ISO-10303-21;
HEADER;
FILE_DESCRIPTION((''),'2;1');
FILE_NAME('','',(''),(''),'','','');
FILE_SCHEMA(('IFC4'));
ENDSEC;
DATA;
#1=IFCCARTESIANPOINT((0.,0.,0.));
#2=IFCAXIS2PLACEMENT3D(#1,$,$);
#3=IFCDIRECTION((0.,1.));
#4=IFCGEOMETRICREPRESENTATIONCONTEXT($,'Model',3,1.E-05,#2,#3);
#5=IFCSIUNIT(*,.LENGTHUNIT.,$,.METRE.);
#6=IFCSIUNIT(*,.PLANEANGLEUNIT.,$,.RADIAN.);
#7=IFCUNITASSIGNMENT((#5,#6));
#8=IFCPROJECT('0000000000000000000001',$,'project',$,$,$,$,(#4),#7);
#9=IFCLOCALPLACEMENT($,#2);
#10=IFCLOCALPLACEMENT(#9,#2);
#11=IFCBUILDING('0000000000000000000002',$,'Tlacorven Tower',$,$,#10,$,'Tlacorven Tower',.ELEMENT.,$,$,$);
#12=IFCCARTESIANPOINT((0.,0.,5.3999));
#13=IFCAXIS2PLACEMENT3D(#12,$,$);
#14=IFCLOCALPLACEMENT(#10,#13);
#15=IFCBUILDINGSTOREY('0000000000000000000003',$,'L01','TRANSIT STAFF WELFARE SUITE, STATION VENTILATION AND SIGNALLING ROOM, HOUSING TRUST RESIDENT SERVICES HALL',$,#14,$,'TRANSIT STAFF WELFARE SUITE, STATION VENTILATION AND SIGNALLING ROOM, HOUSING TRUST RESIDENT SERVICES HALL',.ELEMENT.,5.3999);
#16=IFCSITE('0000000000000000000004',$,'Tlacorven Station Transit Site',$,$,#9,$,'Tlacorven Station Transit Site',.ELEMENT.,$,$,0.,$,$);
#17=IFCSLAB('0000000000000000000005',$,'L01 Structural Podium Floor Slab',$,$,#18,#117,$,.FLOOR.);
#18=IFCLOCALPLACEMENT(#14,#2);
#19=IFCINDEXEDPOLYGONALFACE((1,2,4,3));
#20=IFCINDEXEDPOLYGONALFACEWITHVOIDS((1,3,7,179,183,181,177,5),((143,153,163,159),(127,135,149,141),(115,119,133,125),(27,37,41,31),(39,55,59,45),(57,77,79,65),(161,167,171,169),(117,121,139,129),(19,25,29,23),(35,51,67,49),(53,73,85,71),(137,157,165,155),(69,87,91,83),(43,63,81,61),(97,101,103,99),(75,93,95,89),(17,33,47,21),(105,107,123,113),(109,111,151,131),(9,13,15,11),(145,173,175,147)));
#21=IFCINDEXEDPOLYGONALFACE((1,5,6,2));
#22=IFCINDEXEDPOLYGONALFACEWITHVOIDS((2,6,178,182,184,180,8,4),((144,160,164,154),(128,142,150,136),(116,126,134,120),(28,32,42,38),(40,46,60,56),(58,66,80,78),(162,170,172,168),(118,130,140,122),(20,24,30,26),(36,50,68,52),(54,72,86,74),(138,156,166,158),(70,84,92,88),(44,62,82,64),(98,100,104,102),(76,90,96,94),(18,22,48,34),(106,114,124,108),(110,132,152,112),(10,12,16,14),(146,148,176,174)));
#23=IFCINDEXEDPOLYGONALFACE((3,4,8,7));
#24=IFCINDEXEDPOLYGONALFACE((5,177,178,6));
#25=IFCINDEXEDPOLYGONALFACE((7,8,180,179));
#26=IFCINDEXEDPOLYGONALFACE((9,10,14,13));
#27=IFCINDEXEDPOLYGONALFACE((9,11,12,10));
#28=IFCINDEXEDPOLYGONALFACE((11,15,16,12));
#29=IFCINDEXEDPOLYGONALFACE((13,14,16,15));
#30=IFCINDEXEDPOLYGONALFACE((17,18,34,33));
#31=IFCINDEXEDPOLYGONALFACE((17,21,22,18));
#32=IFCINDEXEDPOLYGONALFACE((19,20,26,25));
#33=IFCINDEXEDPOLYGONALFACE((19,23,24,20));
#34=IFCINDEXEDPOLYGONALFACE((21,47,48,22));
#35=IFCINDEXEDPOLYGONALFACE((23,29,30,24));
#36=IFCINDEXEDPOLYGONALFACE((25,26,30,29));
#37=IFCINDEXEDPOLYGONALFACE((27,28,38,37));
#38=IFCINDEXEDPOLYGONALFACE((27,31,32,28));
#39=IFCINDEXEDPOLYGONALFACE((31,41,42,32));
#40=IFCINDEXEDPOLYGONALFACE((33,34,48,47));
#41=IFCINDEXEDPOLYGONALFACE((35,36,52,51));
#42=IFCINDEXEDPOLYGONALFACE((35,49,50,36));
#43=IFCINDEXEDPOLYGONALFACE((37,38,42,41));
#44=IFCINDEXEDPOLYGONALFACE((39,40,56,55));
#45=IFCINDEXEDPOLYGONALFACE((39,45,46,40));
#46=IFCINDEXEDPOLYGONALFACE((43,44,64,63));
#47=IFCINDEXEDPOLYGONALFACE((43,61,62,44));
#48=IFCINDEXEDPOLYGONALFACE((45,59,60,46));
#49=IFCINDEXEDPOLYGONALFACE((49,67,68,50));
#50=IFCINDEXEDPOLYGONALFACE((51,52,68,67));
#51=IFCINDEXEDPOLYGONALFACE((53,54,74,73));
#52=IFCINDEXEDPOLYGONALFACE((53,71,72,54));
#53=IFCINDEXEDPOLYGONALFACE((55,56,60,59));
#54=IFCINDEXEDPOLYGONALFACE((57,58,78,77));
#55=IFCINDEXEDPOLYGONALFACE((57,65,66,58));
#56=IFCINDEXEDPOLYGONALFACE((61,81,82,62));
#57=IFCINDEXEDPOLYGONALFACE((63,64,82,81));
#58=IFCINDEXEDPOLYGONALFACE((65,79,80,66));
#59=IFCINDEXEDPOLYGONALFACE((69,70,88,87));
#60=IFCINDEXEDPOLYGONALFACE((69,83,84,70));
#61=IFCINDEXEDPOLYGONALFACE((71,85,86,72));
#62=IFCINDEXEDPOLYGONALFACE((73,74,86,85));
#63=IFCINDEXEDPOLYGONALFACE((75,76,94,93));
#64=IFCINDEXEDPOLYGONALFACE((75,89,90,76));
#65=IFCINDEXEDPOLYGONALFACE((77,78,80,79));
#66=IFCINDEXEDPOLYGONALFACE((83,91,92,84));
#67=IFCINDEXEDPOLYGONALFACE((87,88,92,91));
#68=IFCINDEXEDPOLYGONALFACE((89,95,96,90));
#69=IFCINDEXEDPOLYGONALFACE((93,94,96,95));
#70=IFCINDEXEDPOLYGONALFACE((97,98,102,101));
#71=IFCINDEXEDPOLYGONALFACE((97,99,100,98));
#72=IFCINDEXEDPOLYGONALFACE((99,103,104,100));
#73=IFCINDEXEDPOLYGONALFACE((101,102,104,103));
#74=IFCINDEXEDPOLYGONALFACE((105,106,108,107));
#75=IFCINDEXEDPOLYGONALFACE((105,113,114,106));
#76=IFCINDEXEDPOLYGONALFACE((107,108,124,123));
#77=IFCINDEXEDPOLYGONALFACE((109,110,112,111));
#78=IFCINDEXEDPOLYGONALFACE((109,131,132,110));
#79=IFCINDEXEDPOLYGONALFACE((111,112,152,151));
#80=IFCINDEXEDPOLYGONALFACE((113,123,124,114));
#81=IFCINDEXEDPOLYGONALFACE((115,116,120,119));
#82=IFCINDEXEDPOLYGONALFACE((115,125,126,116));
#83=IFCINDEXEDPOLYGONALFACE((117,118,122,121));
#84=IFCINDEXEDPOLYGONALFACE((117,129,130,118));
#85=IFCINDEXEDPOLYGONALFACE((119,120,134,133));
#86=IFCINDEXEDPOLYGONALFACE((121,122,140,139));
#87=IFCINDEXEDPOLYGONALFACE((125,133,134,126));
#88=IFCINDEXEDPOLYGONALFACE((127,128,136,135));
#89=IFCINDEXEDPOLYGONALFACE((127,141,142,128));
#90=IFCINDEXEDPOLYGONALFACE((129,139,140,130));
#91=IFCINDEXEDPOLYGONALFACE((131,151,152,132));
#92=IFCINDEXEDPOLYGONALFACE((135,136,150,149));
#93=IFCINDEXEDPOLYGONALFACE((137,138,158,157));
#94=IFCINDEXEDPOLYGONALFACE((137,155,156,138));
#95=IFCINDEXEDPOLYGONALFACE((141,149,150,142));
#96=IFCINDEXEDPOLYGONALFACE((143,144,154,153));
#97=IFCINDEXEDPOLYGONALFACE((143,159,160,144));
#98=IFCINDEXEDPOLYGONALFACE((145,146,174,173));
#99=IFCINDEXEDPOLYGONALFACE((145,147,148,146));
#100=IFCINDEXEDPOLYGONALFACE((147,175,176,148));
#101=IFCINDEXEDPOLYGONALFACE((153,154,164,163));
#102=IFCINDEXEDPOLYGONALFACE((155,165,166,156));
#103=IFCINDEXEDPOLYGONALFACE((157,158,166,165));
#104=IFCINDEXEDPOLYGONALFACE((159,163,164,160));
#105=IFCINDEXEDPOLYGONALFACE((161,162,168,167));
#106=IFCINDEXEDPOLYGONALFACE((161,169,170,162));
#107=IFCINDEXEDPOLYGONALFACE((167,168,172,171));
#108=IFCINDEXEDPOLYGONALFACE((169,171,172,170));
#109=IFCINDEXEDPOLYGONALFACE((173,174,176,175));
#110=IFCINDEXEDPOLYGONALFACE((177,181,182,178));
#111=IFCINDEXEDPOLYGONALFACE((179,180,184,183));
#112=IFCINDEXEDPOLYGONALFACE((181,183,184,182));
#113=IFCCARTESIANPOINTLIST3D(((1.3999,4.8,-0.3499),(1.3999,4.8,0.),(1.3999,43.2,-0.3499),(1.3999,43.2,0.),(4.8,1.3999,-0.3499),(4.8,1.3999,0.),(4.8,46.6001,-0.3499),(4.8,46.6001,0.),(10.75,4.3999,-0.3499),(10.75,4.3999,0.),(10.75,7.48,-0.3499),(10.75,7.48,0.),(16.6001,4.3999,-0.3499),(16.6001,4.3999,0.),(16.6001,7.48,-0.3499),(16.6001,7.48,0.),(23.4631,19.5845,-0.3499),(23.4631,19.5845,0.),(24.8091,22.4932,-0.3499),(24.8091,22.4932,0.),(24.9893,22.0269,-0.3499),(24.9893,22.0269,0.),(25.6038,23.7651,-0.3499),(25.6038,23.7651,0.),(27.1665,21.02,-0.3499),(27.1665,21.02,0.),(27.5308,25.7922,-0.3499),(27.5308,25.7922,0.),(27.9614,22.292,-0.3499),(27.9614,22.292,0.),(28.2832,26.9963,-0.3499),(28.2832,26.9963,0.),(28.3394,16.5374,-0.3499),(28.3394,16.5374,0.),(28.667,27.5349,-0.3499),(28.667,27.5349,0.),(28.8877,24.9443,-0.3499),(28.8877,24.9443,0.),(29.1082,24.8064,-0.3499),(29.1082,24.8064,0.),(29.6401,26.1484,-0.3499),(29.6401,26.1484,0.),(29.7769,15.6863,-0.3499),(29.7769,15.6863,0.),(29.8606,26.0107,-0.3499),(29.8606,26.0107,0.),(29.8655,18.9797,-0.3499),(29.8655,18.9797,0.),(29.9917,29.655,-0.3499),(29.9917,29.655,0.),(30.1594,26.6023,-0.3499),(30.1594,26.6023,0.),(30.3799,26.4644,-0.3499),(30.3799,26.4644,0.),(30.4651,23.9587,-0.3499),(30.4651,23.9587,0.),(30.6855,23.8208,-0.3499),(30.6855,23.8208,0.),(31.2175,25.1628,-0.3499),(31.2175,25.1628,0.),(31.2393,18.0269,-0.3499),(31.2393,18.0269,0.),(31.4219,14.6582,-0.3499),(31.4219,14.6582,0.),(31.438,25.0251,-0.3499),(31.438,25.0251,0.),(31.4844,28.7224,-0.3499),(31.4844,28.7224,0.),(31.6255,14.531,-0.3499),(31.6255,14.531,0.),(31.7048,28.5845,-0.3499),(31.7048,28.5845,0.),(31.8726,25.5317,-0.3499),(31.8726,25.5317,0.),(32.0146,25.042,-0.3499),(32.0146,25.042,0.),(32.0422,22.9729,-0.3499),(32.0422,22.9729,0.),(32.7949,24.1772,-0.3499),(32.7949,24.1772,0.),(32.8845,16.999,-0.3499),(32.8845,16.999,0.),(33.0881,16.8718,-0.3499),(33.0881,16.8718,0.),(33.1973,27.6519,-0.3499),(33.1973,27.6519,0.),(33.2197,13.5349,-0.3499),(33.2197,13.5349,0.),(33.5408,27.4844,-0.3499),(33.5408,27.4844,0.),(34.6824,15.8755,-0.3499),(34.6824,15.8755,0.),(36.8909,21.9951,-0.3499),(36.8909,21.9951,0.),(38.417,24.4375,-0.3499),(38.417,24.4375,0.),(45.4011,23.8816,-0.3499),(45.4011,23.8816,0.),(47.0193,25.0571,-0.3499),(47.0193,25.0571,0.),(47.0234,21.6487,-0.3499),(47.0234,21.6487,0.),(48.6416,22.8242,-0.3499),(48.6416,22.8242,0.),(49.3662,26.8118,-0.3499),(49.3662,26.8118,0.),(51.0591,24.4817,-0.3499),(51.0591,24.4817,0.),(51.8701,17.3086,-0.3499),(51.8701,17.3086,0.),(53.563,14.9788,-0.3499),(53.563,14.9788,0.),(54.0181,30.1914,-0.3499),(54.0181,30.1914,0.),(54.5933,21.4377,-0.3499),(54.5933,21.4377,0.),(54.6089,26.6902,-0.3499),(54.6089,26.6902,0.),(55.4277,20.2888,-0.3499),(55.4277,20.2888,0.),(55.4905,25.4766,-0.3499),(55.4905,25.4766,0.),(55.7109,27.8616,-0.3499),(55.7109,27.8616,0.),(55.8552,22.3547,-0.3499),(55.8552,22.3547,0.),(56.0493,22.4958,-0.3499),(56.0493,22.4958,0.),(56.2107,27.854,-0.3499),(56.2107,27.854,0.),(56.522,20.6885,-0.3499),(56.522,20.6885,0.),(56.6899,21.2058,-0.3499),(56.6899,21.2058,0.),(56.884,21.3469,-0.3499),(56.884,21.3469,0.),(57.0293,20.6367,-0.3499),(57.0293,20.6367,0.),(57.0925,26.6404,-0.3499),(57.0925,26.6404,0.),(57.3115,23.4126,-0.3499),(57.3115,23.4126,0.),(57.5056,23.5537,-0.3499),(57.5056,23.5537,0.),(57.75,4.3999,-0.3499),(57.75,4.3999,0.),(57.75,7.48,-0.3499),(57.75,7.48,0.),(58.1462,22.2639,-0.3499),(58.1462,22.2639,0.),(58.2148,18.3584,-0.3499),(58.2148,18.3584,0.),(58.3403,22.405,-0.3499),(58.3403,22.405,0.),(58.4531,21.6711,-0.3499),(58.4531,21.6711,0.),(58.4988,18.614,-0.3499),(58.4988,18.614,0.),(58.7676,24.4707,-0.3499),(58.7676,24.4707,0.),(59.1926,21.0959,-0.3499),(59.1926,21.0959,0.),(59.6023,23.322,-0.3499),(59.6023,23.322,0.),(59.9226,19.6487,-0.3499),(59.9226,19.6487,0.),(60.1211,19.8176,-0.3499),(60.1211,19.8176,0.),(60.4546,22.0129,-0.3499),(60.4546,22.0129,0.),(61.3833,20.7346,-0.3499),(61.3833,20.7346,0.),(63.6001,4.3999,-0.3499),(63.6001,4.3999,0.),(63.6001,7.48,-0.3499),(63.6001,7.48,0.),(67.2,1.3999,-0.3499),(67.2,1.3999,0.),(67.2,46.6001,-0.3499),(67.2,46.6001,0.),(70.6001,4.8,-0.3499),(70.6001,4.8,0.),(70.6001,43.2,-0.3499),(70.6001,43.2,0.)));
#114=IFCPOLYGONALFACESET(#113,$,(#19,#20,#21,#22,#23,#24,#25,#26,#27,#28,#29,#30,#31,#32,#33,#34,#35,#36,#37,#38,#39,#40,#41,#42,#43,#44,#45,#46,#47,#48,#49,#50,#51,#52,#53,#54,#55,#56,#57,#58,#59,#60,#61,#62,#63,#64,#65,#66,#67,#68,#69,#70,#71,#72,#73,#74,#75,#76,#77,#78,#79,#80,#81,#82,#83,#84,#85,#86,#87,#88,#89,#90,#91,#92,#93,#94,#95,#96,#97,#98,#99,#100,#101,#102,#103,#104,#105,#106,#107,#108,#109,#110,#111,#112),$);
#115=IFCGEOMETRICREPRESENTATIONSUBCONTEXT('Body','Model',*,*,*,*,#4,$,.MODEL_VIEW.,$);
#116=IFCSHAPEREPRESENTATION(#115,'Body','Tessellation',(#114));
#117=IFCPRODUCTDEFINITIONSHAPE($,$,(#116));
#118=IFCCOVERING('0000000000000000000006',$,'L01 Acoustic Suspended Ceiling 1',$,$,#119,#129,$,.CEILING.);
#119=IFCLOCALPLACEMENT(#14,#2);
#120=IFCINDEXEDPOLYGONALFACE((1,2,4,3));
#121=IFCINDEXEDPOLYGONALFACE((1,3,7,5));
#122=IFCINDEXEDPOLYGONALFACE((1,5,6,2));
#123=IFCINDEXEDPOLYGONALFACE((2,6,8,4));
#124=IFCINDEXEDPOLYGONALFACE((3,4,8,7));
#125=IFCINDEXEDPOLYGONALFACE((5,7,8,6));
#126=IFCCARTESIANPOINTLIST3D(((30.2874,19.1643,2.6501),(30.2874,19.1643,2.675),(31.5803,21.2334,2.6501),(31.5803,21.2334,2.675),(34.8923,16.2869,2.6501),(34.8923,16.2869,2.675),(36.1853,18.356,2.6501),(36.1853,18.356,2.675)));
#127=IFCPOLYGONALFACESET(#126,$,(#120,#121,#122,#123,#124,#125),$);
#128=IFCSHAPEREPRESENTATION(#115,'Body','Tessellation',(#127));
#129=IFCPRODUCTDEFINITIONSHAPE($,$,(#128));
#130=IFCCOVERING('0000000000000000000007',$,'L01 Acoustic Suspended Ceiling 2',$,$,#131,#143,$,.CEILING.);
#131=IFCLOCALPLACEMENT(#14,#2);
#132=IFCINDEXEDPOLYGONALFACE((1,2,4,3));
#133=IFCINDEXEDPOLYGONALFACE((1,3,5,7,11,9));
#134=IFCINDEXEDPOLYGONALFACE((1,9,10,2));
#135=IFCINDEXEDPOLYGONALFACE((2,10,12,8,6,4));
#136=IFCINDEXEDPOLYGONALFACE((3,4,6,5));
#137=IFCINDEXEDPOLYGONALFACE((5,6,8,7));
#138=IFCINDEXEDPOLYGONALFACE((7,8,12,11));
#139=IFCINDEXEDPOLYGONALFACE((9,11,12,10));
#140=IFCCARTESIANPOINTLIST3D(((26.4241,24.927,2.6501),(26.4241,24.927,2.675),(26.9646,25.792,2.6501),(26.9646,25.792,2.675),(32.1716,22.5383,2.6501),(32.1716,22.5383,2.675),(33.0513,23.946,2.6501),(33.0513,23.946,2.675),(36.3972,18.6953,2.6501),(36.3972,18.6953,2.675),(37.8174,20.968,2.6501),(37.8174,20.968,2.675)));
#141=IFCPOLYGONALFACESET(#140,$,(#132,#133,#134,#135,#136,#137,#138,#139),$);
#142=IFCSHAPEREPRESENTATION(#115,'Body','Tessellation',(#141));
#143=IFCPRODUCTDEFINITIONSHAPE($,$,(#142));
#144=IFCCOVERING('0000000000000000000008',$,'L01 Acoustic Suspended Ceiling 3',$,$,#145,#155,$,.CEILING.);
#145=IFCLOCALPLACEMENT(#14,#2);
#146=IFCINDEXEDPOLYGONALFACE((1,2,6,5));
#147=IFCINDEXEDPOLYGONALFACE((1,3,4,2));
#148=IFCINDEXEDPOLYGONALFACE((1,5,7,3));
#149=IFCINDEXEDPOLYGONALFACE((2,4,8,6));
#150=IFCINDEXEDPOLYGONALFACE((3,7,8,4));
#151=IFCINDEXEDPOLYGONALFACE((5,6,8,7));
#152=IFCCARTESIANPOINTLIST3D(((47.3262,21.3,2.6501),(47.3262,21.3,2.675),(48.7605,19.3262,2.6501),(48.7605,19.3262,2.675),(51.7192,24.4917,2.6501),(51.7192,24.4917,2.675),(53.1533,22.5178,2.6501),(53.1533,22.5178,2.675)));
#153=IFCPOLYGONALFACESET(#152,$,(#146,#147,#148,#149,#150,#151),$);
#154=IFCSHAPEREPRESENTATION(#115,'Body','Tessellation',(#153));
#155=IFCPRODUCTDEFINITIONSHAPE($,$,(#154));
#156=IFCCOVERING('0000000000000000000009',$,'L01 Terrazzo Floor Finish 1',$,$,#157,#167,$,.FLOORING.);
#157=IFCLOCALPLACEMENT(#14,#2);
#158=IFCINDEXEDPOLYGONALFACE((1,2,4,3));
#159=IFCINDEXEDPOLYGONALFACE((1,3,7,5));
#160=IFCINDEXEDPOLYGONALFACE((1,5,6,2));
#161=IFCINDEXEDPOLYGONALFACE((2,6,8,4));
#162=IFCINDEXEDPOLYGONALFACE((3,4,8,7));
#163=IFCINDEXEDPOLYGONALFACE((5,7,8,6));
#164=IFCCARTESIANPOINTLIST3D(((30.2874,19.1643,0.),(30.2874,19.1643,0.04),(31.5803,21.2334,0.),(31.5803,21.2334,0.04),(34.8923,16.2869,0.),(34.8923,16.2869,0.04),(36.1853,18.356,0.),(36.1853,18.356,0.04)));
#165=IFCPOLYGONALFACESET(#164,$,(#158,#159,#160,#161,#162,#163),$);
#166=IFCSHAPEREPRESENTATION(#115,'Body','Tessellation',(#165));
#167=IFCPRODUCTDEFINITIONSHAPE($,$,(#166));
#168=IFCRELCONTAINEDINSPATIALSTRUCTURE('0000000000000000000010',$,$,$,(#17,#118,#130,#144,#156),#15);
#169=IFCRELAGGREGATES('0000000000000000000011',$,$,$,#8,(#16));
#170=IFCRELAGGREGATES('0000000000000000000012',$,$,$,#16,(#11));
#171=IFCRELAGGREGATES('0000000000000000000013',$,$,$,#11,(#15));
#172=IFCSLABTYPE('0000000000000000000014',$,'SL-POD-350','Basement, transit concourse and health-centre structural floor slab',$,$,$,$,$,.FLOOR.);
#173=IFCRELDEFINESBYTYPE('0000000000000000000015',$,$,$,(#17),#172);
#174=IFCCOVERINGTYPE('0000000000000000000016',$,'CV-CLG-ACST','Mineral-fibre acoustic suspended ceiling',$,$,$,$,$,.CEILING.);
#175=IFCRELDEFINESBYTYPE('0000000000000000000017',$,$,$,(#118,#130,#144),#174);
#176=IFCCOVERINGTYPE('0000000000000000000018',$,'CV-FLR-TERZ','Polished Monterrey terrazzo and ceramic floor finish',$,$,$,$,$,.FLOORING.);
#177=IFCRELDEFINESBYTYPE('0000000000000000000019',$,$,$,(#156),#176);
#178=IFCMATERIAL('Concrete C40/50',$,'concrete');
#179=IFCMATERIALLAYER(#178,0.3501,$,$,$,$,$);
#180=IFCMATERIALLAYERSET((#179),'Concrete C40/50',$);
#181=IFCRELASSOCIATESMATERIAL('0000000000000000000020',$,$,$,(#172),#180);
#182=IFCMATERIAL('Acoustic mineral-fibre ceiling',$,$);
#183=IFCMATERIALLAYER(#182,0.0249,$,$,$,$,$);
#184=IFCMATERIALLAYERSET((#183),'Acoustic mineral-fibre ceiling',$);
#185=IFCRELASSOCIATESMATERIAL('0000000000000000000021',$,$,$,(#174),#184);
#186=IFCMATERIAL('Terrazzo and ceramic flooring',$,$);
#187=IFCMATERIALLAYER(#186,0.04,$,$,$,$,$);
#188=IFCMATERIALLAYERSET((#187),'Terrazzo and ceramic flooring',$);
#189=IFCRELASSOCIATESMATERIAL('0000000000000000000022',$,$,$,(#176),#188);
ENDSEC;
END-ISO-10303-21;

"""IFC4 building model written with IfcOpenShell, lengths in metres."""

from ifc_helpers import new_model, si_unit, direction, frame, origin, place, context, subcontext, project, spatial, polyline, outline, extrude, material, layer, layer_set, type_object, element, save


model = new_model("IFC4")

# Units and contexts
model_context = context("Model", 3, precision=1e-05, world=origin(), true_north=direction((0.0, 1.0)))
body_context = subcontext(model_context, "Body", "Model", "MODEL_VIEW")
ifc_project = project(units=[si_unit("LENGTHUNIT", "METRE"), si_unit("PLANEANGLEUNIT", "RADIAN")], contexts=[model_context])

# Site, building, storey
site_placement = place(None, origin())
site = spatial("IfcSite", under=ifc_project, at=site_placement, Name="Tlacorven Station Transit Site", LongName="Tlacorven Station Transit Site", CompositionType="ELEMENT", RefElevation=0.0)
building_placement = place(site_placement, origin())
building = spatial("IfcBuilding", under=site, at=building_placement, Name="Tlacorven Tower", LongName="Tlacorven Tower", CompositionType="ELEMENT")
storey_placement = place(building_placement, frame((0.0, 0.0, 5.3999)))
storey = spatial("IfcBuildingStorey", under=building, at=storey_placement, Name="L01", Description="TRANSIT STAFF WELFARE SUITE, STATION VENTILATION AND SIGNALLING ROOM, HOUSING TRUST RESIDENT SERVICES HALL", LongName="TRANSIT STAFF WELFARE SUITE, STATION VENTILATION AND SIGNALLING ROOM, HOUSING TRUST RESIDENT SERVICES HALL", CompositionType="ELEMENT", Elevation=5.3999)

# Shared definitions
ifc_material_1 = material(Name="Concrete C40/50", Category="concrete")

# Slab
ifc_layer_1 = layer(ifc_material_1, 0.3501)
ifc_layer_set_1 = layer_set([ifc_layer_1], Name="Concrete C40/50")
slab_type_1 = type_object("IfcSlabType", Name="SL-POD-350", Description="Basement, transit concourse and health-centre structural floor slab", PredefinedType="FLOOR", material=ifc_layer_set_1)
slab_1_placement = place(storey_placement, frame((0.0, 0.0, -0.3499)))
element("IfcSlab", 1, at=slab_1_placement, inside=storey, type_object=slab_type_1, Name="L01 Structural Podium Floor Slab", PredefinedType="FLOOR", context=body_context, shape_type="SweptSolid", body=[
    extrude(outline(polyline([(4.8, 1.3999), (67.2, 1.3999), (70.6001, 4.8), (70.6001, 43.2), (67.2, 46.6001), (4.8, 46.6001), (1.3999, 43.2), (1.3999, 4.8), (4.8, 1.3999)]), holes=[polyline([(29.8655, 18.9797), (24.9893, 22.0269), (23.4631, 19.5845), (28.3394, 16.5374), (29.8655, 18.9797)]), polyline([(38.417, 24.4375), (33.5408, 27.4844), (32.0146, 25.042), (36.8909, 21.9951), (38.417, 24.4375)]), polyline([(51.0591, 24.4817), (55.7109, 27.8616), (54.0181, 30.1914), (49.3662, 26.8118), (51.0591, 24.4817)]), polyline([(53.563, 14.9788), (58.2148, 18.3584), (56.522, 20.6885), (51.8701, 17.3086), (53.563, 14.9788)]), polyline([(10.75, 4.3999), (16.6001, 4.3999), (16.6001, 7.48), (10.75, 7.48), (10.75, 4.3999)]), polyline([(57.75, 4.3999), (63.6001, 4.3999), (63.6001, 7.48), (57.75, 7.48), (57.75, 4.3999)]), polyline([(34.6824, 15.8755), (33.0881, 16.8718), (31.6255, 14.531), (33.2197, 13.5349), (34.6824, 15.8755)]), polyline([(32.8845, 16.999), (31.2393, 18.0269), (29.7769, 15.6863), (31.4219, 14.6582), (32.8845, 16.999)]), polyline([(47.0234, 21.6487), (48.6416, 22.8242), (47.0193, 25.0571), (45.4011, 23.8816), (47.0234, 21.6487)]), polyline([(33.1973, 27.6519), (31.7048, 28.5845), (30.3799, 26.4644), (31.8726, 25.5317), (33.1973, 27.6519)]), polyline([(31.4844, 28.7224), (29.9917, 29.655), (28.667, 27.5349), (30.1594, 26.6023), (31.4844, 28.7224)]), polyline([(32.7949, 24.1772), (31.438, 25.0251), (30.6855, 23.8208), (32.0422, 22.9729), (32.7949, 24.1772)]), polyline([(31.2175, 25.1628), (29.8606, 26.0107), (29.1082, 24.8064), (30.4651, 23.9587), (31.2175, 25.1628)]), polyline([(29.6401, 26.1484), (28.2832, 26.9963), (27.5308, 25.7922), (28.8877, 24.9443), (29.6401, 26.1484)]), polyline([(55.4277, 20.2888), (56.6899, 21.2058), (55.8552, 22.3547), (54.5933, 21.4377), (55.4277, 20.2888)]), polyline([(56.884, 21.3469), (58.1462, 22.2639), (57.3115, 23.4126), (56.0493, 22.4958), (56.884, 21.3469)]), polyline([(58.3403, 22.405), (59.6023, 23.322), (58.7676, 24.4707), (57.5056, 23.5537), (58.3403, 22.405)]), polyline([(58.4988, 18.614), (59.9226, 19.6487), (58.4531, 21.6711), (57.0293, 20.6367), (58.4988, 18.614)]), polyline([(27.9614, 22.292), (25.6038, 23.7651), (24.8091, 22.4932), (27.1665, 21.02), (27.9614, 22.292)]), polyline([(55.4905, 25.4766), (57.0925, 26.6404), (56.2107, 27.854), (54.6089, 26.6902), (55.4905, 25.4766)]), polyline([(60.1211, 19.8176), (61.3833, 20.7346), (60.4546, 22.0129), (59.1926, 21.0959), (60.1211, 19.8176)])]), origin(), (0.0, 0.0, 1.0), 0.3499),
])

# Coverings
ifc_material_2 = material(Name="Acoustic mineral-fibre ceiling")
ifc_layer_2 = layer(ifc_material_2, 0.0249)
ifc_layer_set_2 = layer_set([ifc_layer_2], Name="Acoustic mineral-fibre ceiling")
covering_type_1 = type_object("IfcCoveringType", Name="CV-CLG-ACST", Description="Mineral-fibre acoustic suspended ceiling", PredefinedType="CEILING", material=ifc_layer_set_2)
covering_1_placement = place(storey_placement, frame((0.0, 0.0, 2.6501)))
element("IfcCovering", 2, at=covering_1_placement, inside=storey, type_object=covering_type_1, Name="L01 Acoustic Suspended Ceiling 1", PredefinedType="CEILING", context=body_context, shape_type="SweptSolid", body=[
    extrude(outline(polyline([(36.1853, 18.356), (34.8923, 16.2869), (30.2874, 19.1643), (31.5803, 21.2334), (36.1853, 18.356)])), origin(), (0.0, 0.0, 1.0), 0.0249),
])
covering_2_placement = place(storey_placement, frame((0.0, 0.0, 2.6501)))
element("IfcCovering", 3, at=covering_2_placement, inside=storey, type_object=covering_type_1, Name="L01 Acoustic Suspended Ceiling 2", PredefinedType="CEILING", context=body_context, shape_type="SweptSolid", body=[
    extrude(outline(polyline([(37.8174, 20.968), (36.3972, 18.6953), (26.4241, 24.927), (26.9646, 25.792), (32.1716, 22.5383), (33.0513, 23.946), (37.8174, 20.968)])), origin(), (0.0, 0.0, 1.0), 0.0249),
])
covering_3_placement = place(storey_placement, frame((0.0, 0.0, 2.6501)))
element("IfcCovering", 4, at=covering_3_placement, inside=storey, type_object=covering_type_1, Name="L01 Acoustic Suspended Ceiling 3", PredefinedType="CEILING", context=body_context, shape_type="SweptSolid", body=[
    extrude(outline(polyline([(48.7605, 19.3262), (47.3262, 21.3), (51.7192, 24.4917), (53.1533, 22.5178), (48.7605, 19.3262)])), origin(), (0.0, 0.0, 1.0), 0.0249),
])
ifc_material_3 = material(Name="Terrazzo and ceramic flooring")
ifc_layer_3 = layer(ifc_material_3, 0.04)
ifc_layer_set_3 = layer_set([ifc_layer_3], Name="Terrazzo and ceramic flooring")
covering_type_2 = type_object("IfcCoveringType", Name="CV-FLR-TERZ", Description="Polished Monterrey terrazzo and ceramic floor finish", PredefinedType="FLOORING", material=ifc_layer_set_3)
covering_4_placement = place(storey_placement, origin())
element("IfcCovering", 5, at=covering_4_placement, inside=storey, type_object=covering_type_2, Name="L01 Terrazzo Floor Finish 1", PredefinedType="FLOORING", context=body_context, shape_type="SweptSolid", body=[
    extrude(outline(polyline([(36.1853, 18.356), (34.8923, 16.2869), (30.2874, 19.1643), (31.5803, 21.2334), (36.1853, 18.356)])), origin(), (0.0, 0.0, 1.0), 0.04),
])

save(model, "model.ifc")
